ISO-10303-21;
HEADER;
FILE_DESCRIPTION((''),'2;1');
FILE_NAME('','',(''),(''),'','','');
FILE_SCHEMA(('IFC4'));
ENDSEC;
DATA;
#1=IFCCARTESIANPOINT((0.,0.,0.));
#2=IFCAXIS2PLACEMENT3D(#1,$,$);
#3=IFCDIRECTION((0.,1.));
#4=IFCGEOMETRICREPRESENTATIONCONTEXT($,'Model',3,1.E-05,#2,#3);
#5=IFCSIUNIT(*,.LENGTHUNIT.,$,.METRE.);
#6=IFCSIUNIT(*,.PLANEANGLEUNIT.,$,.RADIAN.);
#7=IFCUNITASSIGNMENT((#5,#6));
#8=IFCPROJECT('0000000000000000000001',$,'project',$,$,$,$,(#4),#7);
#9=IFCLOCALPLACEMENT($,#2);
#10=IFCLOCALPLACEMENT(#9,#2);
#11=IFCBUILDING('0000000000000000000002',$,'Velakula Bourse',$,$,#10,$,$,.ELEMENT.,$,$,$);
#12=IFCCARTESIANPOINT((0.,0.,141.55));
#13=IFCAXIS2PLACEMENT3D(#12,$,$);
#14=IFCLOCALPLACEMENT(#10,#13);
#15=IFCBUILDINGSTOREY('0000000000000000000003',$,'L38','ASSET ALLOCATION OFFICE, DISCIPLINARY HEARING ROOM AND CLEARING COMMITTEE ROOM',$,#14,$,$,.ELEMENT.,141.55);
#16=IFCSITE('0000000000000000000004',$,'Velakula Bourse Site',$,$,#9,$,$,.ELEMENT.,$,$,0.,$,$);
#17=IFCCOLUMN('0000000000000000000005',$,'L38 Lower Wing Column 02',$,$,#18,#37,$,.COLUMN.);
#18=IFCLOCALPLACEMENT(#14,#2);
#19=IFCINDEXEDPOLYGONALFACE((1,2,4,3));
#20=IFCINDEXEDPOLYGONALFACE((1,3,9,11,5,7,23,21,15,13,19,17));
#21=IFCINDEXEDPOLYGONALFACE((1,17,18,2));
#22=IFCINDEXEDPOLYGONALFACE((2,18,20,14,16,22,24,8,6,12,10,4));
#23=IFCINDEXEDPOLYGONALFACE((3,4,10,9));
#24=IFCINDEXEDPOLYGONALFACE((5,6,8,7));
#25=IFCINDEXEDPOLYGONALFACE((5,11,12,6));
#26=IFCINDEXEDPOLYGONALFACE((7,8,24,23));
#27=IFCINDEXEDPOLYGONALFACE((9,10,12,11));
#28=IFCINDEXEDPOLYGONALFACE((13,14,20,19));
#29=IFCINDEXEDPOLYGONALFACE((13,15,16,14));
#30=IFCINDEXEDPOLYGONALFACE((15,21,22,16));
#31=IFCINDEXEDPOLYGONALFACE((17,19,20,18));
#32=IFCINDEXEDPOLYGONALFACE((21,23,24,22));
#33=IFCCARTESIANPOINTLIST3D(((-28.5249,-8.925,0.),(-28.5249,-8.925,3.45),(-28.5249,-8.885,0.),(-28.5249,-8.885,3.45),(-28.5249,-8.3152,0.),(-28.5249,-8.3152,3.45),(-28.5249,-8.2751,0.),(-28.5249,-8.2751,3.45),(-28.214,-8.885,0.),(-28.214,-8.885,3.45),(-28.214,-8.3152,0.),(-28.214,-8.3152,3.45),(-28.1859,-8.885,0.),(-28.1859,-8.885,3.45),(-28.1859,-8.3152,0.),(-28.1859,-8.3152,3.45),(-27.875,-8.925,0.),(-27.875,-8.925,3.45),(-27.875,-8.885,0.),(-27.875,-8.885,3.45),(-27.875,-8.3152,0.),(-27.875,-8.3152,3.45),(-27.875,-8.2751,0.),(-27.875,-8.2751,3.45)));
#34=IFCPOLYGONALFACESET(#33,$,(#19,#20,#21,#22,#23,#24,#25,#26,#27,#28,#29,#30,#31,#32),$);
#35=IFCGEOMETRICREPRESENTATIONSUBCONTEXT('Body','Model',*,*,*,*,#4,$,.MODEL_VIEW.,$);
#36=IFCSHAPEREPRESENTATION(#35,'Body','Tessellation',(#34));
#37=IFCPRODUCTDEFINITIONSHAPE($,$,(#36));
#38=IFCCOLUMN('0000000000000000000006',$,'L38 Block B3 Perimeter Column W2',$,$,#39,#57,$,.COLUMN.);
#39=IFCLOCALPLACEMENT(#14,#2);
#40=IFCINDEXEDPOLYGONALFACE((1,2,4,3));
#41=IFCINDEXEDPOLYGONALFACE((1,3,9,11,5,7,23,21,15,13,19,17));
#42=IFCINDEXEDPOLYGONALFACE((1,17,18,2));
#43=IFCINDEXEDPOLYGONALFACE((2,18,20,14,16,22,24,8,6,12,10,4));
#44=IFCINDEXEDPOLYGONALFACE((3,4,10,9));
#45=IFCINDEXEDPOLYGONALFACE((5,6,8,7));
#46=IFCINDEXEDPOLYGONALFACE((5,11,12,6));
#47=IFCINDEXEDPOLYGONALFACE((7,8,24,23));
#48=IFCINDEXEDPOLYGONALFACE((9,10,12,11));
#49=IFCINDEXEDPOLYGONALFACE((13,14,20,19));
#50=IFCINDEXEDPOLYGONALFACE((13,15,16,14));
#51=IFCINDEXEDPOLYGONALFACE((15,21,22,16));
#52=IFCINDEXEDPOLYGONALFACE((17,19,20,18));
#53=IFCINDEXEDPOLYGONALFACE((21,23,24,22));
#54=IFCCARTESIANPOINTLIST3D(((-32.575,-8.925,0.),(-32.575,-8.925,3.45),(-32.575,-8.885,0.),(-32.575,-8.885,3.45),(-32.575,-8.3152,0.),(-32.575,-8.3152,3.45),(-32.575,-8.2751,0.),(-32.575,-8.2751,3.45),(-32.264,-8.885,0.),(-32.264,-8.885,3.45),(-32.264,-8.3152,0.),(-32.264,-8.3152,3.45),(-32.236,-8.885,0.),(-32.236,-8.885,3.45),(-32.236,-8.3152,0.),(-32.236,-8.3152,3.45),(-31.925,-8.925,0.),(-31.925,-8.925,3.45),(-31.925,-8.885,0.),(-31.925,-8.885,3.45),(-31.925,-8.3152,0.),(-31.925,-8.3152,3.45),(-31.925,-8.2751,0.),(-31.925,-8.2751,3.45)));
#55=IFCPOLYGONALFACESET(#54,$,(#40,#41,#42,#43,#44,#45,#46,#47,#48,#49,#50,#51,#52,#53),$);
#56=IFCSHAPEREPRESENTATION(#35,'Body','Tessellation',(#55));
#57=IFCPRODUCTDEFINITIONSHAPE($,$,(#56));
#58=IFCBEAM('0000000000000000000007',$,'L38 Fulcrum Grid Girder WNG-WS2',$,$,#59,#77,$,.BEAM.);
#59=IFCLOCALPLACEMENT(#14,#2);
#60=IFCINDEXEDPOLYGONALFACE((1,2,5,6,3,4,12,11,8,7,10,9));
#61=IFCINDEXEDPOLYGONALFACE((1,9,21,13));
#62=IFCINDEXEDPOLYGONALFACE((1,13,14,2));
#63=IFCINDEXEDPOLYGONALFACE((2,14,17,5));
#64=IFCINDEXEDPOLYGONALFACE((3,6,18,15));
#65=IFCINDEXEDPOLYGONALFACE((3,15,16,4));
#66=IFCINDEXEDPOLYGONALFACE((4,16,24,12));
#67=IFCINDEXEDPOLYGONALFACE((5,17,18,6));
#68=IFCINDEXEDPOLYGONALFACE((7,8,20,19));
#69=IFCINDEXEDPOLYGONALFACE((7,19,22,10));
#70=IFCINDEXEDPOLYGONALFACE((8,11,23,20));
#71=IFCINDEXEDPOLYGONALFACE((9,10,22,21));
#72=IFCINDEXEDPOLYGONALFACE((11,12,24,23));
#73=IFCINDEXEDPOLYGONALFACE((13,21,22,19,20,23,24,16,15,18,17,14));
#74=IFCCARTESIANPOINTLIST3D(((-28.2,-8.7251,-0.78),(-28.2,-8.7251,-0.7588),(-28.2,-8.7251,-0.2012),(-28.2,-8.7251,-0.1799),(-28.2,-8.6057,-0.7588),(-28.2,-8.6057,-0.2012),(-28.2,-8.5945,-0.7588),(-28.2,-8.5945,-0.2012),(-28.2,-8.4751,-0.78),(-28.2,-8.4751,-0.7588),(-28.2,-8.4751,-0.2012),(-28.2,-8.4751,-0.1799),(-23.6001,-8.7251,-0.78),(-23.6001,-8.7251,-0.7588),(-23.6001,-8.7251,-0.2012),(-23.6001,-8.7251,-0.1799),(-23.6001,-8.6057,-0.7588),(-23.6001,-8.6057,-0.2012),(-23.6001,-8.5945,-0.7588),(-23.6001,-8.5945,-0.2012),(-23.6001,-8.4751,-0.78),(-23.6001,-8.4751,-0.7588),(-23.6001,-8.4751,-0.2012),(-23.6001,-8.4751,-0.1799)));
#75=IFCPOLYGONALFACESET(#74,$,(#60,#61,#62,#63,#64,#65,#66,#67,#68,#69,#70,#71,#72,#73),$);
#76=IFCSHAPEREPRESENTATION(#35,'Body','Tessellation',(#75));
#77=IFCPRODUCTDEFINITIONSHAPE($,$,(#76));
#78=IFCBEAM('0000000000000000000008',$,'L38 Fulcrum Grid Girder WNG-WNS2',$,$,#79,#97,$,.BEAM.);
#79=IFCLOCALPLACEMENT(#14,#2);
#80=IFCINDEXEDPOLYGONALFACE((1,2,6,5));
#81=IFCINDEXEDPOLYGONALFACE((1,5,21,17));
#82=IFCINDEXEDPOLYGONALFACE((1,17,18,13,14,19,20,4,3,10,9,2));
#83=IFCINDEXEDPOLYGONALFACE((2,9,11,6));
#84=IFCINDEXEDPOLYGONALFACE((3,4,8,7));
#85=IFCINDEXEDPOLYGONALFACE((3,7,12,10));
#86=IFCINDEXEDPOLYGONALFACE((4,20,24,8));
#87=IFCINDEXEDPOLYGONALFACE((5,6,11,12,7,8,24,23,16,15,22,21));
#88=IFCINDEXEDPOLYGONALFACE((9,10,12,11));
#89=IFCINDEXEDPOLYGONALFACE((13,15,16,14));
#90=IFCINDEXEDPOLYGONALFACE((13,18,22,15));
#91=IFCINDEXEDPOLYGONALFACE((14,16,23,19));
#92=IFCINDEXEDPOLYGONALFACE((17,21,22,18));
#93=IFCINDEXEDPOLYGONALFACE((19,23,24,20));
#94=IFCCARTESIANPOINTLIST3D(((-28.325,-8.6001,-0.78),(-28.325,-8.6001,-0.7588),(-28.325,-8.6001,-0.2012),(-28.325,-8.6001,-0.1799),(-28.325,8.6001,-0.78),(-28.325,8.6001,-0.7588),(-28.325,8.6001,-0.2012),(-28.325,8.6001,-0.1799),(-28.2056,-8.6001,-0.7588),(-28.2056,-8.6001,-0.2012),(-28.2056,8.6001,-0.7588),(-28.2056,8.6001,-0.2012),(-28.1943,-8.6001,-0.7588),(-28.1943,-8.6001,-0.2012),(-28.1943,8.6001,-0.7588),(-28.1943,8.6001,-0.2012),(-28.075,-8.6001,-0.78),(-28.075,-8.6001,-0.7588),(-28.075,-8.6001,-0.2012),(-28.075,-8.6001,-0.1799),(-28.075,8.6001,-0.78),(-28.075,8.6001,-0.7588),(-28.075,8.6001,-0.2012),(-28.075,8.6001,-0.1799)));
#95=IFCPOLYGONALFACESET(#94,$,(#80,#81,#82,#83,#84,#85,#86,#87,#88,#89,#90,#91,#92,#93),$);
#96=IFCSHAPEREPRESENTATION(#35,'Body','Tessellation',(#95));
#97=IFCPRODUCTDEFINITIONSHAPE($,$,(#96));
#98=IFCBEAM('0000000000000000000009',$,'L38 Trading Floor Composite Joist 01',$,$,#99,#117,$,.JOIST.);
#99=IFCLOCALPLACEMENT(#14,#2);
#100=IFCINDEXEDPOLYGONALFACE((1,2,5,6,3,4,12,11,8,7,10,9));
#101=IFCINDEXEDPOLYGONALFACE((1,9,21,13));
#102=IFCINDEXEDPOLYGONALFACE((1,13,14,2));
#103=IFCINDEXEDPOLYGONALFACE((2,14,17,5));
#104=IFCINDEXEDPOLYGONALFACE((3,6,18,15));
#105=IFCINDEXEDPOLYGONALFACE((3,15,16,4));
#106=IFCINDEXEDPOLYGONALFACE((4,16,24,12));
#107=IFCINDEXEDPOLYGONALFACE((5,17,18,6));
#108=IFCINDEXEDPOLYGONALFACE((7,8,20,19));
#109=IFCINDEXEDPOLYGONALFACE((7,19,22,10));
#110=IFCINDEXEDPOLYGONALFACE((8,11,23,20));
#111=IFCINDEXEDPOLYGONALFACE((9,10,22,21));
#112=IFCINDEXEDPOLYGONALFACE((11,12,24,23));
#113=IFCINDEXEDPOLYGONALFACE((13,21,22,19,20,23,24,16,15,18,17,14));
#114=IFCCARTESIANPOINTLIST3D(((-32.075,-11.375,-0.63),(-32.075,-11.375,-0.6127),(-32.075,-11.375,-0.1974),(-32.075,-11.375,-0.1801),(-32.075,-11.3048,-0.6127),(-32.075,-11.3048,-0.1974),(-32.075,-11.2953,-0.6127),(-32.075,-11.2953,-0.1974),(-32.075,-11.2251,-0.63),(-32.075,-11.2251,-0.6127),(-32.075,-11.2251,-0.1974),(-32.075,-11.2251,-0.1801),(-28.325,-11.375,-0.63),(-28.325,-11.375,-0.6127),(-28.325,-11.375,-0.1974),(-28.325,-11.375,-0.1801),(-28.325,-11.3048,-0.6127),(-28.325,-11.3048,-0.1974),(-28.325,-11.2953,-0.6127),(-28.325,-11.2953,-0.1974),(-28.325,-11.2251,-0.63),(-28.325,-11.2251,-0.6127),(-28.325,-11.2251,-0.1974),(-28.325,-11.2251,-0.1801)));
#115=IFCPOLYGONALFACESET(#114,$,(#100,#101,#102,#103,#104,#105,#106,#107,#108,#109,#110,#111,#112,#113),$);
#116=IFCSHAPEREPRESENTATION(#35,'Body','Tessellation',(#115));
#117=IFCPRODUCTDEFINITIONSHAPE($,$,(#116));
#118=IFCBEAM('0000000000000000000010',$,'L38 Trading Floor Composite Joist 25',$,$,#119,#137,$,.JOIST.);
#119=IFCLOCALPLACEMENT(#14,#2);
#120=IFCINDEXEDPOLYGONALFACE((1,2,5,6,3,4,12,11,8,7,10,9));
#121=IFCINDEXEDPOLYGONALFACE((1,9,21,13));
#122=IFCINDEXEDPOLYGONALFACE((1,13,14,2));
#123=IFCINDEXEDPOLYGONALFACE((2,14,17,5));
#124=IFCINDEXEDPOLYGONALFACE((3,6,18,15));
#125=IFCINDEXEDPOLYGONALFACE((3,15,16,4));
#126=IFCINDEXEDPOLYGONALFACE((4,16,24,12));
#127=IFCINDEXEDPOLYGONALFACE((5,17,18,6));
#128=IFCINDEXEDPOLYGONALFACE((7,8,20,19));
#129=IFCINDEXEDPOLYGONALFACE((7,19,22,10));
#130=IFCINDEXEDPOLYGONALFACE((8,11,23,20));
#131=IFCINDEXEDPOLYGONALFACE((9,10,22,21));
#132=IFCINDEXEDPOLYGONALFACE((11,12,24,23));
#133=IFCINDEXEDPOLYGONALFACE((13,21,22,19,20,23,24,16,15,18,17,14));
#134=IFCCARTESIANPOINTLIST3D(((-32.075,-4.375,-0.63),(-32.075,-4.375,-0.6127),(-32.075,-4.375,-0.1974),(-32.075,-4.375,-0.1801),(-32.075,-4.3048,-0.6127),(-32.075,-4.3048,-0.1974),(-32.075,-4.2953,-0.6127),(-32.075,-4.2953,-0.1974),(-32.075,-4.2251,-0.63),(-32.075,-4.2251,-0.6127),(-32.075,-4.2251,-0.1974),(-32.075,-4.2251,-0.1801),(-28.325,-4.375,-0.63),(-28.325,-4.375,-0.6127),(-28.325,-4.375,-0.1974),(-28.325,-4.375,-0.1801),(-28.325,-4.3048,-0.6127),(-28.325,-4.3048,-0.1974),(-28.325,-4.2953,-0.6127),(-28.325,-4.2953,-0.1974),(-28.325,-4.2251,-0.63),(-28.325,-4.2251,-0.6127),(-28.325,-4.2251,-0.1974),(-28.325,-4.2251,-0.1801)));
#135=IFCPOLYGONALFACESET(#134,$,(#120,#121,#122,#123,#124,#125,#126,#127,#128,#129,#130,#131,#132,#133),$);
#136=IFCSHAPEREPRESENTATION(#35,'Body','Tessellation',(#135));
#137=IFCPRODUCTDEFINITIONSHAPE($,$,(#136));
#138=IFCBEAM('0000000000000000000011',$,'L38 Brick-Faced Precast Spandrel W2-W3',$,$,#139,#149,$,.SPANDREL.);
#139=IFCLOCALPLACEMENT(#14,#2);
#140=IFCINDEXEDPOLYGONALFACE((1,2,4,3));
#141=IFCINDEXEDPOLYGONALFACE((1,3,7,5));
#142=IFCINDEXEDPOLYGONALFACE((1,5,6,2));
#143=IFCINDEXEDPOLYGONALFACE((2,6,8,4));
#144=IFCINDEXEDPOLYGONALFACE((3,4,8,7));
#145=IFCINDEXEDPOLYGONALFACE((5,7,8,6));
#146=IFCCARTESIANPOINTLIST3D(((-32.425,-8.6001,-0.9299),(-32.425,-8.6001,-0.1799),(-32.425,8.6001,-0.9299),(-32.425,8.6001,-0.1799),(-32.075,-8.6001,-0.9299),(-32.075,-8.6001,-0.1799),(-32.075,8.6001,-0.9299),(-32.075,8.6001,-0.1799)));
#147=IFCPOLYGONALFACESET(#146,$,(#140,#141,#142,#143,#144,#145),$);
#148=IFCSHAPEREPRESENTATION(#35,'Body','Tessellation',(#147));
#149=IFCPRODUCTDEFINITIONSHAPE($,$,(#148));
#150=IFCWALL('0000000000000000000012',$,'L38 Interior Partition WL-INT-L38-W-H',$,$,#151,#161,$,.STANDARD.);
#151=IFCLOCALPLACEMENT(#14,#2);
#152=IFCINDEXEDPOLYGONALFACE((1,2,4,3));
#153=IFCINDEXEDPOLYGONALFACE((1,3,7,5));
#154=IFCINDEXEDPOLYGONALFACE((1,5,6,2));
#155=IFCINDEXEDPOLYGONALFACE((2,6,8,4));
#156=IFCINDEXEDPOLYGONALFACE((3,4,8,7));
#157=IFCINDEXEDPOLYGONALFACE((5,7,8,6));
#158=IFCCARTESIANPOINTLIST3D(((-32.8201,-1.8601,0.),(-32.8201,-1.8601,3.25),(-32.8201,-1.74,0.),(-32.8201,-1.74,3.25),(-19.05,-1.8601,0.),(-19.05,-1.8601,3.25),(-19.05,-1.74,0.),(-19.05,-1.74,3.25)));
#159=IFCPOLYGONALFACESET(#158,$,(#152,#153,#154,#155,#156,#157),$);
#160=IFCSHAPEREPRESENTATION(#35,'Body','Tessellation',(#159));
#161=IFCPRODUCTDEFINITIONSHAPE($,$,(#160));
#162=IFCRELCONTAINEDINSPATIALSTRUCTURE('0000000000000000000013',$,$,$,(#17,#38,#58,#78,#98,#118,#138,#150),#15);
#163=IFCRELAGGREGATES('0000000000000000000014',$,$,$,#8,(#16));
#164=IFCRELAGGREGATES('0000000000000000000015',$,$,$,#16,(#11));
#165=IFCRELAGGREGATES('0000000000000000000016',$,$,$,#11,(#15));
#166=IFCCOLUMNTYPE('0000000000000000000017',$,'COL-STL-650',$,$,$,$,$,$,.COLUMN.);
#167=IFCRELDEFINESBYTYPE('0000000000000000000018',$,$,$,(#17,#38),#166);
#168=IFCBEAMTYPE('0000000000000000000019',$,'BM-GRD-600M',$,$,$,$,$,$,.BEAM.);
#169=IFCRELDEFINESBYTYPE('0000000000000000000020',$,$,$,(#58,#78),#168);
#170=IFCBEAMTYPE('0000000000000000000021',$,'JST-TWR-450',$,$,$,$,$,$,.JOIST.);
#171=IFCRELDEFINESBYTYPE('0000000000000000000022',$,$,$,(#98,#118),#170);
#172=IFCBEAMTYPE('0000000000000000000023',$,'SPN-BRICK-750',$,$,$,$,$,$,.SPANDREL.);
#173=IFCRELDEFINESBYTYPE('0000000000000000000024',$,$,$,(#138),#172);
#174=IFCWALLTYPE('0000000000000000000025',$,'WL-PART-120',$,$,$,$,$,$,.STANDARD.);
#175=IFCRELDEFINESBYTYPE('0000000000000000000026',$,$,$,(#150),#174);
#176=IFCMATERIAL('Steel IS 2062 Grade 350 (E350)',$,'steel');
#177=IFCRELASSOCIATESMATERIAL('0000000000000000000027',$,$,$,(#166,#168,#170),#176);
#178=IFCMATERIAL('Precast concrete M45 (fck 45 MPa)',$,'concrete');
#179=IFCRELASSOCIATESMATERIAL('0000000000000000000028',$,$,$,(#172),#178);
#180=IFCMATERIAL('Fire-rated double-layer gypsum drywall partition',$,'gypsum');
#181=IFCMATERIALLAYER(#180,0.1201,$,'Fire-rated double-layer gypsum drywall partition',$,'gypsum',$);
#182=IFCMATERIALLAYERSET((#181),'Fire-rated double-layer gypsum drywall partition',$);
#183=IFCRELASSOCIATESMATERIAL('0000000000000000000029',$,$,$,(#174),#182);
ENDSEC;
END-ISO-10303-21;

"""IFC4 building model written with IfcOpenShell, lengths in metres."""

from ifc_helpers import new_model, si_unit, direction, frame, frame_2d, origin, origin_2d, place, context, subcontext, project, spatial, rectangle, i_section, extrude, material, layer, layer_set, material_profile, profile_set, type_object, element, save


model = new_model("IFC4")

# Units and contexts
model_context = context("Model", 3, precision=1e-05, world=origin(), true_north=direction((0.0, 1.0)))
body_context = subcontext(model_context, "Body", "Model", "MODEL_VIEW")
ifc_project = project(units=[si_unit("LENGTHUNIT", "METRE"), si_unit("PLANEANGLEUNIT", "RADIAN")], contexts=[model_context])

# Site, building, storey
site_placement = place(None, origin())
site = spatial("IfcSite", under=ifc_project, at=site_placement, Name="Velakula Bourse Site", CompositionType="ELEMENT", RefElevation=0.0)
building_placement = place(site_placement, origin())
building = spatial("IfcBuilding", under=site, at=building_placement, Name="Velakula Bourse", CompositionType="ELEMENT")
storey_placement = place(building_placement, frame((0.0, 0.0, 141.55)))
storey = spatial("IfcBuildingStorey", under=building, at=storey_placement, Name="L38", Description="ASSET ALLOCATION OFFICE, DISCIPLINARY HEARING ROOM AND CLEARING COMMITTEE ROOM", CompositionType="ELEMENT", Elevation=141.55)

# Columns
ifc_material_1 = material(Name="Steel IS 2062 Grade 350 (E350)", Category="steel")
ifc_material_profile_1 = material_profile(ifc_material_1, i_section(OverallWidth=0.6499, OverallDepth=0.6499, WebThickness=0.0281, FlangeThickness=0.04, at=origin_2d()), Name="Steel IS 2062 Grade 350 (E350)")
ifc_profile_set_1 = profile_set([ifc_material_profile_1], Name="Steel IS 2062 Grade 350 (E350)")
column_type = type_object("IfcColumnType", Name="COL-STL-650", PredefinedType="COLUMN", material=ifc_profile_set_1)
for number, where, z_axis, x_axis, name in (
    (1, (-28.2, -8.6001, 0.0), (0.0, 0.0, 1.0), (1.0, 0.0, 0.0), "L38 Lower Wing Column 02"),
    (2, (-32.25, -8.6001, 0.0), (0.0, 0.0, 1.0), (1.0, 0.0, 0.0), "L38 Block B3 Perimeter Column W2"),
):
    element("IfcColumn", number, at=place(storey_placement, frame(where, z_axis=z_axis, x_axis=x_axis)), inside=storey, type_object=column_type, Name=name, PredefinedType="COLUMN", context=body_context, shape_type="SweptSolid", body=[
        extrude(i_section(OverallWidth=0.6499, OverallDepth=0.6499, WebThickness=0.0281, FlangeThickness=0.04, at=origin_2d()), origin(), (0.0, 0.0, 1.0), 3.45),
    ])

# Beams
ifc_material_profile_2 = material_profile(ifc_material_1, i_section(OverallWidth=0.25, OverallDepth=0.6001, WebThickness=0.0112, FlangeThickness=0.0212, at=origin_2d()), Name="Steel IS 2062 Grade 350 (E350)")
ifc_profile_set_2 = profile_set([ifc_material_profile_2], Name="Steel IS 2062 Grade 350 (E350)")
beam_type_1 = type_object("IfcBeamType", Name="BM-GRD-600M", PredefinedType="BEAM", material=ifc_profile_set_2)
beam_1_placement = place(storey_placement, frame((-28.2, -8.6001, -0.48), z_axis=(1.0, 0.0, 0.0), x_axis=(0.0, 1.0, 0.0)))
element("IfcBeam", 3, at=beam_1_placement, inside=storey, type_object=beam_type_1, Name="L38 Fulcrum Grid Girder WNG-WS2", PredefinedType="BEAM", context=body_context, shape_type="SweptSolid", body=[
    extrude(i_section(OverallWidth=0.25, OverallDepth=0.6001, WebThickness=0.0112, FlangeThickness=0.0212, at=origin_2d()), origin(), (0.0, 0.0, 1.0), 4.5999),
])
beam_2_placement = place(storey_placement, frame((-28.2, -8.6001, -0.48), z_axis=(0.0, 1.0, 0.0), x_axis=(-1.0, 0.0, 0.0)))
element("IfcBeam", 4, at=beam_2_placement, inside=storey, type_object=beam_type_1, Name="L38 Fulcrum Grid Girder WNG-WNS2", PredefinedType="BEAM", context=body_context, shape_type="SweptSolid", body=[
    extrude(i_section(OverallWidth=0.25, OverallDepth=0.6001, WebThickness=0.0112, FlangeThickness=0.0212, at=origin_2d()), origin(), (0.0, 0.0, 1.0), 17.2002),
])
ifc_material_profile_3 = material_profile(ifc_material_1, i_section(OverallWidth=0.1499, OverallDepth=0.45, WebThickness=0.0095, FlangeThickness=0.0173, at=origin_2d()), Name="Steel IS 2062 Grade 350 (E350)")
ifc_profile_set_3 = profile_set([ifc_material_profile_3], Name="Steel IS 2062 Grade 350 (E350)")
beam_type_2 = type_object("IfcBeamType", Name="JST-TWR-450", PredefinedType="JOIST", material=ifc_profile_set_3)
for number, where, z_axis, x_axis, name in (
    (5, (-32.075, -11.3, -0.405), (1.0, 0.0, 0.0), (0.0, 1.0, 0.0), "L38 Trading Floor Composite Joist 01"),
    (6, (-32.075, -4.3, -0.405), (1.0, 0.0, 0.0), (0.0, 1.0, 0.0), "L38 Trading Floor Composite Joist 25"),
):
    element("IfcBeam", number, at=place(storey_placement, frame(where, z_axis=z_axis, x_axis=x_axis)), inside=storey, type_object=beam_type_2, Name=name, PredefinedType="JOIST", context=body_context, shape_type="SweptSolid", body=[
        extrude(i_section(OverallWidth=0.1499, OverallDepth=0.45, WebThickness=0.0095, FlangeThickness=0.0173, at=origin_2d()), origin(), (0.0, 0.0, 1.0), 3.75),
    ])
ifc_material_2 = material(Name="Precast concrete M45 (fck 45 MPa)", Category="concrete")
ifc_material_profile_4 = material_profile(ifc_material_2, rectangle(XDim=0.3501, YDim=0.75, at=origin_2d()), Name="Precast concrete M45 (fck 45 MPa)")
ifc_profile_set_4 = profile_set([ifc_material_profile_4], Name="Precast concrete M45 (fck 45 MPa)")
beam_type_3 = type_object("IfcBeamType", Name="SPN-BRICK-750", PredefinedType="SPANDREL", material=ifc_profile_set_4)
beam_3_placement = place(storey_placement, frame((-32.25, -8.6001, -0.5549), z_axis=(0.0, 1.0, 0.0), x_axis=(-1.0, 0.0, 0.0)))
element("IfcBeam", 7, at=beam_3_placement, inside=storey, type_object=beam_type_3, Name="L38 Brick-Faced Precast Spandrel W2-W3", PredefinedType="SPANDREL", context=body_context, shape_type="SweptSolid", body=[
    extrude(rectangle(XDim=0.3501, YDim=0.75, at=origin_2d()), origin(), (0.0, 0.0, 1.0), 17.2002),
])

# Wall
ifc_material_3 = material(Name="Fire-rated double-layer gypsum drywall partition", Category="gypsum")
ifc_layer_1 = layer(ifc_material_3, 0.1201, Name="Fire-rated double-layer gypsum drywall partition", Category="gypsum")
ifc_layer_set_1 = layer_set([ifc_layer_1], Name="Fire-rated double-layer gypsum drywall partition")
wall_type_1 = type_object("IfcWallType", Name="WL-PART-120", PredefinedType="STANDARD", material=ifc_layer_set_1)
wall_1_placement = place(storey_placement, frame((-32.8201, -1.8, 0.0), z_axis=(0.0, 0.0, 1.0), x_axis=(1.0, 0.0, 0.0)))
element("IfcWall", 8, at=wall_1_placement, inside=storey, type_object=wall_type_1, Name="L38 Interior Partition WL-INT-L38-W-H", PredefinedType="STANDARD", context=body_context, shape_type="SweptSolid", body=[
    extrude(rectangle(XDim=13.77, YDim=0.1201, at=frame_2d((6.885, 0.0))), origin(), (0.0, 0.0, 1.0), 3.25),
])

save(model, "model.ifc")
